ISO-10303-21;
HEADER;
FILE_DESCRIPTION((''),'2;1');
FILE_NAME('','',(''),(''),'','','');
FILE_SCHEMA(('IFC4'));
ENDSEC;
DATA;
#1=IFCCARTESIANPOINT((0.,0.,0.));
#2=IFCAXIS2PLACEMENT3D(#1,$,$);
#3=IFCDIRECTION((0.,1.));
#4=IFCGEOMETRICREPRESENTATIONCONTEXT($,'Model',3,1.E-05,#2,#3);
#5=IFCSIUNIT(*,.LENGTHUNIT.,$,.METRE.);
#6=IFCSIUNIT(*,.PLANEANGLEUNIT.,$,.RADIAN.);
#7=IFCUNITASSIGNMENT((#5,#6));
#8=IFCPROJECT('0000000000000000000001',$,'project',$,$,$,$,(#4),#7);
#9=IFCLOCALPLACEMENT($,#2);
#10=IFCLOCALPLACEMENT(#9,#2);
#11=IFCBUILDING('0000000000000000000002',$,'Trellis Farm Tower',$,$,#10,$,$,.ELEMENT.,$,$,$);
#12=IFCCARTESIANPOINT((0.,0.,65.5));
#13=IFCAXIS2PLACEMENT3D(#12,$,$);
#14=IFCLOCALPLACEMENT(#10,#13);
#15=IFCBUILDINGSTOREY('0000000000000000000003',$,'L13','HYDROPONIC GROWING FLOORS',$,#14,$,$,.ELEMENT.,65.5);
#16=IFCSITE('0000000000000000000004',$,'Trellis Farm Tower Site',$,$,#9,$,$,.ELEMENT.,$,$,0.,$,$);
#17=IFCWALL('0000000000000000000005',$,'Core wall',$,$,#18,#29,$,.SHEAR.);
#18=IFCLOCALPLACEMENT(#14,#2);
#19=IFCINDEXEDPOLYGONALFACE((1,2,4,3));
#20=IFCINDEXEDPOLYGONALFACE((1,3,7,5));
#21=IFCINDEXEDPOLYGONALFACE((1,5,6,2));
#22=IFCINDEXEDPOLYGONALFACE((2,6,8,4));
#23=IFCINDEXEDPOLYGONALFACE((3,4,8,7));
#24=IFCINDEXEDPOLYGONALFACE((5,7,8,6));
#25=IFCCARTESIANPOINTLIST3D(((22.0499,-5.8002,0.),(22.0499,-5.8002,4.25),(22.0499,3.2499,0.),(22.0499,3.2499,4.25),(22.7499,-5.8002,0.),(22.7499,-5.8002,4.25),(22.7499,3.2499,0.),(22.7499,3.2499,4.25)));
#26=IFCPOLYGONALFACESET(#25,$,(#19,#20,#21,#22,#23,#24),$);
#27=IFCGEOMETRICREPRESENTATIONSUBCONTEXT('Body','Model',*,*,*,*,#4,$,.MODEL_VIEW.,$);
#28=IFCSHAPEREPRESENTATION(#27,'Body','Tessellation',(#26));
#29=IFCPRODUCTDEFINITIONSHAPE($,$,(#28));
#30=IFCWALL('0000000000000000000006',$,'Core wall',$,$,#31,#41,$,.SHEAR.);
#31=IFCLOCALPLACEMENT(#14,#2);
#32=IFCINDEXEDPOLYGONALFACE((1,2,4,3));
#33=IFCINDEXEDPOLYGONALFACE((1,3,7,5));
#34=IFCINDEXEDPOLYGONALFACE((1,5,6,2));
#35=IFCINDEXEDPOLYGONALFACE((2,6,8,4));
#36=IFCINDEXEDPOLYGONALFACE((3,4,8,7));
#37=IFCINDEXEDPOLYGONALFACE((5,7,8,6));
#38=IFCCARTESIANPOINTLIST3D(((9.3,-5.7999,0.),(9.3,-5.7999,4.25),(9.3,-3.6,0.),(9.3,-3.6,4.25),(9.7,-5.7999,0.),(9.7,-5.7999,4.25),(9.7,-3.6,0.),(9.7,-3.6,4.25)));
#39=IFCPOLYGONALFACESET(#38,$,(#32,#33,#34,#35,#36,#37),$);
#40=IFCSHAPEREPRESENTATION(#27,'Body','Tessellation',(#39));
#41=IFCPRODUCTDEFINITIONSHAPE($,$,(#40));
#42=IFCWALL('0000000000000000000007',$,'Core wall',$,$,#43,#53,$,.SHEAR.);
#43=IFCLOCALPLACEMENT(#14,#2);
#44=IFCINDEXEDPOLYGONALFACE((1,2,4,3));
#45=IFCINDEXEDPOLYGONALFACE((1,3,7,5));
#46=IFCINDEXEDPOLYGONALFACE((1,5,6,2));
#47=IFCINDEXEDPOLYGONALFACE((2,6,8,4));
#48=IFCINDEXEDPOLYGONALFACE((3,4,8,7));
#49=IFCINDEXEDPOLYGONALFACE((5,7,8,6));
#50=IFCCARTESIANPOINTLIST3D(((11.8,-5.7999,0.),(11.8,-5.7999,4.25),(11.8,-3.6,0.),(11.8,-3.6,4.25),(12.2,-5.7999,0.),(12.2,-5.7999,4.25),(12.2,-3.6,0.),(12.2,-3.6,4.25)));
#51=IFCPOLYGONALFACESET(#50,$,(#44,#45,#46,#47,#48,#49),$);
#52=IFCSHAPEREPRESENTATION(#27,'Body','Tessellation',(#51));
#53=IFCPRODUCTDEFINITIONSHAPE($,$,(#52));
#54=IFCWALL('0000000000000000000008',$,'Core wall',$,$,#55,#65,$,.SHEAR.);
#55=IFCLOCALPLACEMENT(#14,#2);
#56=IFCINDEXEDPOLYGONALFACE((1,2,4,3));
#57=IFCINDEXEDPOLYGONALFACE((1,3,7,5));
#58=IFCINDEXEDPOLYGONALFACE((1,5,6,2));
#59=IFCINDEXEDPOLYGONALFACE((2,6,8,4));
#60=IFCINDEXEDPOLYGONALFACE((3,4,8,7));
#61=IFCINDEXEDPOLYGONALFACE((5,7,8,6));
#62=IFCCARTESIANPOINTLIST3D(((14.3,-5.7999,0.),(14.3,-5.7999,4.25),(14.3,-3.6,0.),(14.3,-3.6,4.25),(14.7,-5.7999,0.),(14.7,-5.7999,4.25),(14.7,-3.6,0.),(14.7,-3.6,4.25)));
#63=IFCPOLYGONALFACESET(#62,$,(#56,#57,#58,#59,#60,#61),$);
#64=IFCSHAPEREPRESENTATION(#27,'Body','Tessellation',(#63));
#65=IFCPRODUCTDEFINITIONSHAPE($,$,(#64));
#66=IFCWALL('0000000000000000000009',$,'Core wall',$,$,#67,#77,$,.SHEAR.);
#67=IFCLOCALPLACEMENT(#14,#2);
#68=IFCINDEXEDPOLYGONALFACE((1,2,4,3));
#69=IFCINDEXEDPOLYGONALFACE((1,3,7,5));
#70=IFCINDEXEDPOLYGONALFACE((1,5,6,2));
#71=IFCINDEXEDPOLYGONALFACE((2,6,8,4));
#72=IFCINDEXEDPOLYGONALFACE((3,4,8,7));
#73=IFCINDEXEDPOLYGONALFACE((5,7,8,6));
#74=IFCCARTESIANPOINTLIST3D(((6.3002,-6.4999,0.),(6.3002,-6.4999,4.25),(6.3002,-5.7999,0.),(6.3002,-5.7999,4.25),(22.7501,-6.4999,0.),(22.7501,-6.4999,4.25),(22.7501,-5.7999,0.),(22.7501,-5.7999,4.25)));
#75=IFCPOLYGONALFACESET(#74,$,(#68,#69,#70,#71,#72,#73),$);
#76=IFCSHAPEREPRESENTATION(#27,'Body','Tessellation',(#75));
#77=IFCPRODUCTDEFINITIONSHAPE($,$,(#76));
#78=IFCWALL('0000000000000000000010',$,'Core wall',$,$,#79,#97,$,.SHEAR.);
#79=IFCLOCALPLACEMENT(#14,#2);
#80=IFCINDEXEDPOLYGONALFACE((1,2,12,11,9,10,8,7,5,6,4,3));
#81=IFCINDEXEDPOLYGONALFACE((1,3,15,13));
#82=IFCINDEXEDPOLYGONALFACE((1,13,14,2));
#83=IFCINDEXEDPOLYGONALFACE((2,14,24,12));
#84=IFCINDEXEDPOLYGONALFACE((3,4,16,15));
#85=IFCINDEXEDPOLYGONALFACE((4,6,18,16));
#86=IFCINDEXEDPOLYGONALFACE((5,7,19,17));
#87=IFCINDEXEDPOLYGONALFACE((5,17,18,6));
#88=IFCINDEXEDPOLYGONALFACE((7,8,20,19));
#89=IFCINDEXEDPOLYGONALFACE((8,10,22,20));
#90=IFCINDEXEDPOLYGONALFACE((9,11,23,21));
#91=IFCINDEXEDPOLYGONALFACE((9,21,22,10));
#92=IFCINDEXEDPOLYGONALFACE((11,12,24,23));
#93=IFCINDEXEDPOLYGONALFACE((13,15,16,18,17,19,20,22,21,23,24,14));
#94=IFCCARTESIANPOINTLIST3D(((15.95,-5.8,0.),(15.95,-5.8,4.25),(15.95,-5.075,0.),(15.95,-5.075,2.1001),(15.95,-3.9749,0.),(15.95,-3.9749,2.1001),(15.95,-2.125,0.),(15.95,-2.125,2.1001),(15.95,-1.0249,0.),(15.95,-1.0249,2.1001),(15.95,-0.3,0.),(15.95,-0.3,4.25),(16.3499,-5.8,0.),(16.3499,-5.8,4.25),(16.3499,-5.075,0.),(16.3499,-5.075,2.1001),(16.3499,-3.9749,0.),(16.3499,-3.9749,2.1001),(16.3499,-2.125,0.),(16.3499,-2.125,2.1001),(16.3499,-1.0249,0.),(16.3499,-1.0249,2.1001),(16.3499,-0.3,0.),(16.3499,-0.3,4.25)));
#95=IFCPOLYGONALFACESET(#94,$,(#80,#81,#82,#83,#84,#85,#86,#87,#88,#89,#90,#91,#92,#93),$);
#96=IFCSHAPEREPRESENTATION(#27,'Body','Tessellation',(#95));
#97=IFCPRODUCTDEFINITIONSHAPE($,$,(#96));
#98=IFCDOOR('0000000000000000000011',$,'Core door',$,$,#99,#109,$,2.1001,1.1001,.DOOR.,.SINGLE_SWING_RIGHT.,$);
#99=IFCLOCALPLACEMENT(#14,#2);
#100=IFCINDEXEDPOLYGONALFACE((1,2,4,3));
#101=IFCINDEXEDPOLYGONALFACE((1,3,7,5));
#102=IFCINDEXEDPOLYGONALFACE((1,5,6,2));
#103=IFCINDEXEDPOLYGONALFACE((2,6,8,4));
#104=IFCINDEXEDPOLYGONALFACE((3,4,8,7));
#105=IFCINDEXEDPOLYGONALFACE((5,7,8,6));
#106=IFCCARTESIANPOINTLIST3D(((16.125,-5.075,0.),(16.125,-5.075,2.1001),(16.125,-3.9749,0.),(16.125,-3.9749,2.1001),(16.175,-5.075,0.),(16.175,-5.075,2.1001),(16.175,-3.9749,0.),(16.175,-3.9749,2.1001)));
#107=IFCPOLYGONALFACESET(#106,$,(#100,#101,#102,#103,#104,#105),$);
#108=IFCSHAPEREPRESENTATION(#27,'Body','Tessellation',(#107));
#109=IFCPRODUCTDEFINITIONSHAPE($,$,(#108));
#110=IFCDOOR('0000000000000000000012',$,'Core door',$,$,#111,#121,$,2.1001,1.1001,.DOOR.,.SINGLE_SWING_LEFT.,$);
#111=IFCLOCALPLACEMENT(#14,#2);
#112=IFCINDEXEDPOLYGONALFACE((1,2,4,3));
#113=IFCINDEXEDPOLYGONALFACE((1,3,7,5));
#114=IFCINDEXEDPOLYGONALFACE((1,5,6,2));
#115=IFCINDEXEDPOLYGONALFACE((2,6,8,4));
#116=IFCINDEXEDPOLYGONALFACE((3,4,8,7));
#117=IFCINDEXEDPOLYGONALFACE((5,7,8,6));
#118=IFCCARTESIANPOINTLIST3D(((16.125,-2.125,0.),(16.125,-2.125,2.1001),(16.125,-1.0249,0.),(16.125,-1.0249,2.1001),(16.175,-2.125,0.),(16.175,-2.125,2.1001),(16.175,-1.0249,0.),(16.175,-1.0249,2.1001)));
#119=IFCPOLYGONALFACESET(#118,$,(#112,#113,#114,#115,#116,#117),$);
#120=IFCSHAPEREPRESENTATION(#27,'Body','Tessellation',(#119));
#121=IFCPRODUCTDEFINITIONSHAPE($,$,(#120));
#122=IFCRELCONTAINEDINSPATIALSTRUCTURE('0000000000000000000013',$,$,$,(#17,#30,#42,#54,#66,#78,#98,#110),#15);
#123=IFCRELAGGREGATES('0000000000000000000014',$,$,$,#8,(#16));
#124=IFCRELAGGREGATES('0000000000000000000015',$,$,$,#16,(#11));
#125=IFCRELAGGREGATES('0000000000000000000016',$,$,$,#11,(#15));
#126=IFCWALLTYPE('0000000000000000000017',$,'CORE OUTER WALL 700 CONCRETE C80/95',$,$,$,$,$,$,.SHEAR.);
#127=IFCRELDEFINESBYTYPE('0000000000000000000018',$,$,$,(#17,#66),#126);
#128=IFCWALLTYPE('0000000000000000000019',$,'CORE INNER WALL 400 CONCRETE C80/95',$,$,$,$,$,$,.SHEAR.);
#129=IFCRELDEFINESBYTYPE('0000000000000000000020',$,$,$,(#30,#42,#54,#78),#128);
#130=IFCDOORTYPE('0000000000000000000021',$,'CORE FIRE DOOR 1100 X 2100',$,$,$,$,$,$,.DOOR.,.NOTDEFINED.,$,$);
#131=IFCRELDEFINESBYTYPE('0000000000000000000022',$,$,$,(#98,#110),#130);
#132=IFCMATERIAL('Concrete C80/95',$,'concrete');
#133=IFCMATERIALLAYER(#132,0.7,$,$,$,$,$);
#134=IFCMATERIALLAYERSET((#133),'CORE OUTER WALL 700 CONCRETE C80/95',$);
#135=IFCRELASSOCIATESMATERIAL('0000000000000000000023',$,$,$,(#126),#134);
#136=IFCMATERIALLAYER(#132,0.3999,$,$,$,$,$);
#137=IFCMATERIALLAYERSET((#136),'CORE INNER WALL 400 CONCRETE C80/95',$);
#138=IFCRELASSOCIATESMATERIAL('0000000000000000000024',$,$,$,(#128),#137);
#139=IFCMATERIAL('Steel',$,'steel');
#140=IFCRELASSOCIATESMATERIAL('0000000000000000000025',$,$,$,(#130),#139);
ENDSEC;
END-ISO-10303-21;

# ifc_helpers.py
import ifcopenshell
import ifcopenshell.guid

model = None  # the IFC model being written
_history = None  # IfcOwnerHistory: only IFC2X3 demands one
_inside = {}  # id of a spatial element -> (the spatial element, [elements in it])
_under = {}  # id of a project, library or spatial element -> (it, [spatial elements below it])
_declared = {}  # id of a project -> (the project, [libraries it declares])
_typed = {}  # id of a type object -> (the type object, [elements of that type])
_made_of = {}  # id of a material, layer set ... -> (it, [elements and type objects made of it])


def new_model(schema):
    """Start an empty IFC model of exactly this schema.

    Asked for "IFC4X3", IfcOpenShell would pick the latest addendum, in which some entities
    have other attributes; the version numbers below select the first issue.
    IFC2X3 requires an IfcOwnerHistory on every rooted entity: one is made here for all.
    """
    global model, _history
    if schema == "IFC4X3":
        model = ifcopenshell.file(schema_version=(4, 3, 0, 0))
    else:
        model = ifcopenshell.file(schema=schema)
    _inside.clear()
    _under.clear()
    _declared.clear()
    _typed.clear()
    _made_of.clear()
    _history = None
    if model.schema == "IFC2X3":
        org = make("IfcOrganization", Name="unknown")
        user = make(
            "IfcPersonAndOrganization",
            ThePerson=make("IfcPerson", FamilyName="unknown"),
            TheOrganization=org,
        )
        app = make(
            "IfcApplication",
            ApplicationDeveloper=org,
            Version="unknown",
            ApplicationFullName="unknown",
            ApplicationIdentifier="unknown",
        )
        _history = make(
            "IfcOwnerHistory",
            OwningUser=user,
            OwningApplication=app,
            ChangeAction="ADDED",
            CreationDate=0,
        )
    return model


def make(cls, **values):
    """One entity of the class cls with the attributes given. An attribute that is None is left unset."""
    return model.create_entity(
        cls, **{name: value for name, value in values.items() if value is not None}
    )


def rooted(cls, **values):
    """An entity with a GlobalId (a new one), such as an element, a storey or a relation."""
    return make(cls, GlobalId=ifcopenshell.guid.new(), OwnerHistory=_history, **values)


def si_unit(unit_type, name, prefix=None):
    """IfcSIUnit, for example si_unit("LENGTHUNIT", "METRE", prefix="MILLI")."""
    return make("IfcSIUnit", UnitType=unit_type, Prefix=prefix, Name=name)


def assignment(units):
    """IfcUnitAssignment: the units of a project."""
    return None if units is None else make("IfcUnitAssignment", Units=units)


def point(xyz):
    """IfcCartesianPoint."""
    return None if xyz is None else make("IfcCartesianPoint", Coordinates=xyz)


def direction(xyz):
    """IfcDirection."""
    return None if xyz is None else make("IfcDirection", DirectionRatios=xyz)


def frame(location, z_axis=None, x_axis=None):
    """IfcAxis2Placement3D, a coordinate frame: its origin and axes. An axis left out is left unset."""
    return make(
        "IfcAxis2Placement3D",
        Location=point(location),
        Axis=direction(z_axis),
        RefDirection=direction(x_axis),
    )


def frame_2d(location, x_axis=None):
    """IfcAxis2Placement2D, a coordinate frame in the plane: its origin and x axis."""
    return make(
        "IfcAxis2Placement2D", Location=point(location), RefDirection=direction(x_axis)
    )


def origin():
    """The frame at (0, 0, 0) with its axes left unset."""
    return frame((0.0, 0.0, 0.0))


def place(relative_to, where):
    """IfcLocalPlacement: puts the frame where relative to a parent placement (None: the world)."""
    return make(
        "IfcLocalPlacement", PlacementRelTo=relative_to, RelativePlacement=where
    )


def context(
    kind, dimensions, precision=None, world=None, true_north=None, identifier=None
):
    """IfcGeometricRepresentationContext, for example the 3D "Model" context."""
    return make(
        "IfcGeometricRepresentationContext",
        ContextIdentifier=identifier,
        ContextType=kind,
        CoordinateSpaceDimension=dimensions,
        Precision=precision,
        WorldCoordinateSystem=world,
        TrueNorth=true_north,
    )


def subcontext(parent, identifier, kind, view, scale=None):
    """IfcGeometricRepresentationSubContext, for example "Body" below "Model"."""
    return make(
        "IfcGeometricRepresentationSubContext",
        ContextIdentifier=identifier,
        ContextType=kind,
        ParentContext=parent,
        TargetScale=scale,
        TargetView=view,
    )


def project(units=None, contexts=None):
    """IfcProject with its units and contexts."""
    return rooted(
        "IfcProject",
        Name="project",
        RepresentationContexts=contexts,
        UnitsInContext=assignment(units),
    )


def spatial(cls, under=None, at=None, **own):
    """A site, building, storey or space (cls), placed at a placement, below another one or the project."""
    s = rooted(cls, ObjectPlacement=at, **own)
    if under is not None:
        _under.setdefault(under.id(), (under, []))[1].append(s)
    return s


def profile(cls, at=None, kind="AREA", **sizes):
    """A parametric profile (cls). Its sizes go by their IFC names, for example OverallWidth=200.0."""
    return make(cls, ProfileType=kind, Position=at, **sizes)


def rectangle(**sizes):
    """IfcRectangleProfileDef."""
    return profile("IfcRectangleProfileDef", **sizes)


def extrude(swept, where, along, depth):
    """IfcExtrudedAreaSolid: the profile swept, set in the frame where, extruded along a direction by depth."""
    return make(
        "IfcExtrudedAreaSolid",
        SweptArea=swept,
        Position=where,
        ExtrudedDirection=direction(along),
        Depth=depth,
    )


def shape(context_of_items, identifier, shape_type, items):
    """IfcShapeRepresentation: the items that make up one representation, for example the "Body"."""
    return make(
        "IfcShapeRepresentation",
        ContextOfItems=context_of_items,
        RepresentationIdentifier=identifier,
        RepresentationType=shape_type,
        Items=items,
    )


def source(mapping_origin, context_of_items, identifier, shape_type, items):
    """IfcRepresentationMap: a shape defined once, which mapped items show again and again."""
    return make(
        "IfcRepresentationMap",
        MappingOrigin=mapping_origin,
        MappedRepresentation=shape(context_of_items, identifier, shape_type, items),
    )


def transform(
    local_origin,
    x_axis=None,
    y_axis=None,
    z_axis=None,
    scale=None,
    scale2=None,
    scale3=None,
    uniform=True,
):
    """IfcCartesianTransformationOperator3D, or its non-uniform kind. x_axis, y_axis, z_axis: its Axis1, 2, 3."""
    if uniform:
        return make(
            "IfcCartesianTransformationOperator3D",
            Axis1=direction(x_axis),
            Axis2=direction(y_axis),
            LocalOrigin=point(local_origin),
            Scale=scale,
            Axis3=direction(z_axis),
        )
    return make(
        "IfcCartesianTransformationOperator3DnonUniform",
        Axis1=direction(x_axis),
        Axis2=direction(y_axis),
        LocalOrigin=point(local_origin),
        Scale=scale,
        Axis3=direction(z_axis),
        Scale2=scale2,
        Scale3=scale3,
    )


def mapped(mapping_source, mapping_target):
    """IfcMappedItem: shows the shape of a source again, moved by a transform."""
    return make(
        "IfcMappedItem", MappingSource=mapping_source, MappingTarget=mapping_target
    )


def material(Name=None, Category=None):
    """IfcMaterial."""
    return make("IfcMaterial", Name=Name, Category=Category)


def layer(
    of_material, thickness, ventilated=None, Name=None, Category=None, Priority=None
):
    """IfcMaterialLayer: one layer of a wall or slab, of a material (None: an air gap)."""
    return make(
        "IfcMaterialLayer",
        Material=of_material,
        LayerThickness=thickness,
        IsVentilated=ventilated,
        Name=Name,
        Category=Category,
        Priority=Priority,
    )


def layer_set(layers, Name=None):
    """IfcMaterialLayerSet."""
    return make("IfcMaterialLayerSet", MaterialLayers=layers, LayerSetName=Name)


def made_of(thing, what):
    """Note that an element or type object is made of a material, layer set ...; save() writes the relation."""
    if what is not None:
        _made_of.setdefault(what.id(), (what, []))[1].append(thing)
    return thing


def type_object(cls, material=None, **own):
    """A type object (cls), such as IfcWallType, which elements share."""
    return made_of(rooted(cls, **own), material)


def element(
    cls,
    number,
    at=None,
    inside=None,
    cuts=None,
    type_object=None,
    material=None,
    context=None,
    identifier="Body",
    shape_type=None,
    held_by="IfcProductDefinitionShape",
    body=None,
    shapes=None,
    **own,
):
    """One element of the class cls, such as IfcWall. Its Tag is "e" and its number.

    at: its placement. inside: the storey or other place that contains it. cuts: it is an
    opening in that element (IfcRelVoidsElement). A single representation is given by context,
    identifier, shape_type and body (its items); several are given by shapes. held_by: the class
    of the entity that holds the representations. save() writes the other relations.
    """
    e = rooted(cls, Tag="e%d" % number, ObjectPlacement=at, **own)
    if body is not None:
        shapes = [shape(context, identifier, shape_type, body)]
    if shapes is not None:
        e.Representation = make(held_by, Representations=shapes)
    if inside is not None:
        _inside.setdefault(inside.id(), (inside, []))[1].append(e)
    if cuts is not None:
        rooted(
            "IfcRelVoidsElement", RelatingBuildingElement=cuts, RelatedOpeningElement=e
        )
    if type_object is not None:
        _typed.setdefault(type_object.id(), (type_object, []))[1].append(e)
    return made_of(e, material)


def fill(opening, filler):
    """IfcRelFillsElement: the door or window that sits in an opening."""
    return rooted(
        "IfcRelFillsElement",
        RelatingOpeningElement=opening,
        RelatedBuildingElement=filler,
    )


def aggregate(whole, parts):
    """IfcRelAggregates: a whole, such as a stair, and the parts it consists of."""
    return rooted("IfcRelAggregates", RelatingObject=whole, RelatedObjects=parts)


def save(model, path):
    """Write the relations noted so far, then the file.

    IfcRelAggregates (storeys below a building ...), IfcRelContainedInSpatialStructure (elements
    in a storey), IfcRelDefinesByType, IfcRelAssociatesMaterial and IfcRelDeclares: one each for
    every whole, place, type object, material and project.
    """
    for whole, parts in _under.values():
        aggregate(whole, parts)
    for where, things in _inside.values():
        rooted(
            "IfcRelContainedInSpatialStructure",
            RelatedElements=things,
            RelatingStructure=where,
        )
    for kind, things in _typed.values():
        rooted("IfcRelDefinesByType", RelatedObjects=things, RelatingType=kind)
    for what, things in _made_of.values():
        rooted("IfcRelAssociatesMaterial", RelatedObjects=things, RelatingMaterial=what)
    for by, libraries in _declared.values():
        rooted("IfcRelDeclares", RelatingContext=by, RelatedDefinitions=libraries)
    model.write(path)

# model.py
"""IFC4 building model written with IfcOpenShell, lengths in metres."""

from ifc_helpers import new_model, si_unit, direction, frame, frame_2d, origin, place, context, subcontext, project, spatial, rectangle, extrude, source, transform, mapped, material, layer, layer_set, type_object, element, fill, save


model = new_model("IFC4")

# Units and contexts
model_context = context("Model", 3, precision=1e-05, world=origin(), true_north=direction((0.0, 1.0)))
body_context = subcontext(model_context, "Body", "Model", "MODEL_VIEW")
ifc_project = project(units=[si_unit("LENGTHUNIT", "METRE"), si_unit("PLANEANGLEUNIT", "RADIAN")], contexts=[model_context])

# Site, building, storey
site_placement = place(None, origin())
site = spatial("IfcSite", under=ifc_project, at=site_placement, Name="Trellis Farm Tower Site", CompositionType="ELEMENT", RefElevation=0.0)
building_placement = place(site_placement, origin())
building = spatial("IfcBuilding", under=site, at=building_placement, Name="Trellis Farm Tower", CompositionType="ELEMENT")
storey_placement = place(building_placement, frame((0.0, 0.0, 65.5)))
storey = spatial("IfcBuildingStorey", under=building, at=storey_placement, Name="L13", Description="HYDROPONIC GROWING FLOORS", CompositionType="ELEMENT", Elevation=65.5)

# Shared definitions
ifc_material_1 = material(Name="Concrete C80/95", Category="concrete")

# Shared definitions
ifc_layer_1 = layer(ifc_material_1, 0.7)
ifc_layer_set_1 = layer_set([ifc_layer_1], Name="CORE OUTER WALL 700 CONCRETE C80/95")
wall_type_1 = type_object("IfcWallType", Name="CORE OUTER WALL 700 CONCRETE C80/95", PredefinedType="SHEAR", material=ifc_layer_set_1)
shared_shape_1 = source(origin(), body_context, "Body", "SweptSolid", [
    extrude(rectangle(XDim=9.05, YDim=0.7, at=frame_2d((4.5249, 0.0))), origin(), (0.0, 0.0, 1.0), 4.25),
])
ifc_material_2 = material(Name="Steel", Category="steel")

# Walls
wall_1_placement = place(storey_placement, frame((22.3999, -5.8, 0.0), z_axis=(0.0, 0.0, 1.0), x_axis=(0.0, 1.0, 0.0)))
element("IfcWall", 1, at=wall_1_placement, inside=storey, type_object=wall_type_1, Name="Core wall", PredefinedType="SHEAR", context=body_context, shape_type="MappedRepresentation", body=[
    mapped(shared_shape_1, transform((0.0, 0.0, 0.0))),
])
ifc_layer_2 = layer(ifc_material_1, 0.3999)
ifc_layer_set_2 = layer_set([ifc_layer_2], Name="CORE INNER WALL 400 CONCRETE C80/95")
wall_type_2 = type_object("IfcWallType", Name="CORE INNER WALL 400 CONCRETE C80/95", PredefinedType="SHEAR", material=ifc_layer_set_2)
shared_shape_2 = source(origin(), body_context, "Body", "SweptSolid", [
    extrude(rectangle(XDim=2.2, YDim=0.3999, at=frame_2d((1.1001, 0.0))), origin(), (0.0, 0.0, 1.0), 4.25),
])
for number, where, z_axis, x_axis, name in (
    (2, (9.5, -5.8, 0.0), (0.0, 0.0, 1.0), (0.0, 1.0, 0.0), "Core wall"),
    (3, (12.0, -5.8, 0.0), (0.0, 0.0, 1.0), (0.0, 1.0, 0.0), "Core wall"),
    (4, (14.5, -5.8, 0.0), (0.0, 0.0, 1.0), (0.0, 1.0, 0.0), "Core wall"),
):
    element("IfcWall", number, at=place(storey_placement, frame(where, z_axis=z_axis, x_axis=x_axis)), inside=storey, type_object=wall_type_2, Name=name, PredefinedType="SHEAR", context=body_context, shape_type="MappedRepresentation", body=[
        mapped(shared_shape_2, transform((0.0, 0.0, 0.0))),
    ])
shared_shape_3 = source(origin(), body_context, "Body", "SweptSolid", [
    extrude(rectangle(XDim=16.45, YDim=0.7, at=frame_2d((8.2251, 0.0))), origin(), (0.0, 0.0, 1.0), 4.25),
])
wall_2_placement = place(storey_placement, frame((6.3, -6.1499, 0.0), z_axis=(0.0, 0.0, 1.0), x_axis=(1.0, 0.0, 0.0)))
element("IfcWall", 5, at=wall_2_placement, inside=storey, type_object=wall_type_1, Name="Core wall", PredefinedType="SHEAR", context=body_context, shape_type="MappedRepresentation", body=[
    mapped(shared_shape_3, transform((0.0, 0.0, 0.0))),
])

# Wall, openings, doors
shared_shape_4 = source(origin(), body_context, "Body", "SweptSolid", [
    extrude(rectangle(XDim=5.5, YDim=0.3999, at=frame_2d((2.75, 0.0))), origin(), (0.0, 0.0, 1.0), 4.25),
])
wall_3_placement = place(storey_placement, frame((16.1499, -5.8, 0.0), z_axis=(0.0, 0.0, 1.0), x_axis=(0.0, 1.0, 0.0)))
wall_3 = element("IfcWall", 6, at=wall_3_placement, inside=storey, type_object=wall_type_2, Name="Core wall", PredefinedType="SHEAR", context=body_context, shape_type="MappedRepresentation", body=[
    mapped(shared_shape_4, transform((0.0, 0.0, 0.0))),
])
shared_shape_5 = source(origin(), body_context, "Body", "SweptSolid", [
    extrude(rectangle(XDim=1.1001, YDim=2.1001, at=frame_2d((0.55, 1.05))), frame((0.0, 0.21, 0.0), z_axis=(0.0, -1.0, 0.0), x_axis=(1.0, 0.0, 0.0)), (0.0, 0.0, 1.0), 0.4199),
])
opening_1_placement = place(wall_3_placement, frame((0.7251, 0.0, 0.0)))
opening_1 = element("IfcOpeningElement", 7, at=opening_1_placement, cuts=wall_3, PredefinedType="OPENING", context=body_context, shape_type="MappedRepresentation", body=[
    mapped(shared_shape_5, transform((0.0, 0.0, 0.0))),
])
opening_2_placement = place(wall_3_placement, frame((3.675, 0.0, 0.0)))
opening_2 = element("IfcOpeningElement", 8, at=opening_2_placement, cuts=wall_3, PredefinedType="OPENING", context=body_context, shape_type="MappedRepresentation", body=[
    mapped(shared_shape_5, transform((0.0, 0.0, 0.0))),
])
door_type_1 = type_object("IfcDoorType", Name="CORE FIRE DOOR 1100 X 2100", OperationType="NOTDEFINED", PredefinedType="DOOR", material=ifc_material_2)
shared_shape_6 = source(origin(), body_context, "Body", "SweptSolid", [
    extrude(rectangle(XDim=1.1001, YDim=2.1001, at=frame_2d((0.55, 1.05))), frame((0.0, 0.0249, 0.0), z_axis=(0.0, -1.0, 0.0), x_axis=(1.0, 0.0, 0.0)), (0.0, 0.0, 1.0), 0.05),
])
door_1_placement = place(opening_1_placement, origin())
door_1 = element("IfcDoor", 9, at=door_1_placement, inside=storey, type_object=door_type_1, Name="Core door", OperationType="SINGLE_SWING_RIGHT", OverallHeight=2.1001, OverallWidth=1.1001, PredefinedType="DOOR", context=body_context, shape_type="MappedRepresentation", body=[
    mapped(shared_shape_6, transform((0.0, 0.0, 0.0))),
])
fill(opening_1, door_1)
door_2_placement = place(opening_2_placement, origin())
door_2 = element("IfcDoor", 10, at=door_2_placement, inside=storey, type_object=door_type_1, Name="Core door", OperationType="SINGLE_SWING_LEFT", OverallHeight=2.1001, OverallWidth=1.1001, PredefinedType="DOOR", context=body_context, shape_type="MappedRepresentation", body=[
    mapped(shared_shape_6, transform((0.0, 0.0, 0.0))),
])
fill(opening_2, door_2)

save(model, "model.ifc")
